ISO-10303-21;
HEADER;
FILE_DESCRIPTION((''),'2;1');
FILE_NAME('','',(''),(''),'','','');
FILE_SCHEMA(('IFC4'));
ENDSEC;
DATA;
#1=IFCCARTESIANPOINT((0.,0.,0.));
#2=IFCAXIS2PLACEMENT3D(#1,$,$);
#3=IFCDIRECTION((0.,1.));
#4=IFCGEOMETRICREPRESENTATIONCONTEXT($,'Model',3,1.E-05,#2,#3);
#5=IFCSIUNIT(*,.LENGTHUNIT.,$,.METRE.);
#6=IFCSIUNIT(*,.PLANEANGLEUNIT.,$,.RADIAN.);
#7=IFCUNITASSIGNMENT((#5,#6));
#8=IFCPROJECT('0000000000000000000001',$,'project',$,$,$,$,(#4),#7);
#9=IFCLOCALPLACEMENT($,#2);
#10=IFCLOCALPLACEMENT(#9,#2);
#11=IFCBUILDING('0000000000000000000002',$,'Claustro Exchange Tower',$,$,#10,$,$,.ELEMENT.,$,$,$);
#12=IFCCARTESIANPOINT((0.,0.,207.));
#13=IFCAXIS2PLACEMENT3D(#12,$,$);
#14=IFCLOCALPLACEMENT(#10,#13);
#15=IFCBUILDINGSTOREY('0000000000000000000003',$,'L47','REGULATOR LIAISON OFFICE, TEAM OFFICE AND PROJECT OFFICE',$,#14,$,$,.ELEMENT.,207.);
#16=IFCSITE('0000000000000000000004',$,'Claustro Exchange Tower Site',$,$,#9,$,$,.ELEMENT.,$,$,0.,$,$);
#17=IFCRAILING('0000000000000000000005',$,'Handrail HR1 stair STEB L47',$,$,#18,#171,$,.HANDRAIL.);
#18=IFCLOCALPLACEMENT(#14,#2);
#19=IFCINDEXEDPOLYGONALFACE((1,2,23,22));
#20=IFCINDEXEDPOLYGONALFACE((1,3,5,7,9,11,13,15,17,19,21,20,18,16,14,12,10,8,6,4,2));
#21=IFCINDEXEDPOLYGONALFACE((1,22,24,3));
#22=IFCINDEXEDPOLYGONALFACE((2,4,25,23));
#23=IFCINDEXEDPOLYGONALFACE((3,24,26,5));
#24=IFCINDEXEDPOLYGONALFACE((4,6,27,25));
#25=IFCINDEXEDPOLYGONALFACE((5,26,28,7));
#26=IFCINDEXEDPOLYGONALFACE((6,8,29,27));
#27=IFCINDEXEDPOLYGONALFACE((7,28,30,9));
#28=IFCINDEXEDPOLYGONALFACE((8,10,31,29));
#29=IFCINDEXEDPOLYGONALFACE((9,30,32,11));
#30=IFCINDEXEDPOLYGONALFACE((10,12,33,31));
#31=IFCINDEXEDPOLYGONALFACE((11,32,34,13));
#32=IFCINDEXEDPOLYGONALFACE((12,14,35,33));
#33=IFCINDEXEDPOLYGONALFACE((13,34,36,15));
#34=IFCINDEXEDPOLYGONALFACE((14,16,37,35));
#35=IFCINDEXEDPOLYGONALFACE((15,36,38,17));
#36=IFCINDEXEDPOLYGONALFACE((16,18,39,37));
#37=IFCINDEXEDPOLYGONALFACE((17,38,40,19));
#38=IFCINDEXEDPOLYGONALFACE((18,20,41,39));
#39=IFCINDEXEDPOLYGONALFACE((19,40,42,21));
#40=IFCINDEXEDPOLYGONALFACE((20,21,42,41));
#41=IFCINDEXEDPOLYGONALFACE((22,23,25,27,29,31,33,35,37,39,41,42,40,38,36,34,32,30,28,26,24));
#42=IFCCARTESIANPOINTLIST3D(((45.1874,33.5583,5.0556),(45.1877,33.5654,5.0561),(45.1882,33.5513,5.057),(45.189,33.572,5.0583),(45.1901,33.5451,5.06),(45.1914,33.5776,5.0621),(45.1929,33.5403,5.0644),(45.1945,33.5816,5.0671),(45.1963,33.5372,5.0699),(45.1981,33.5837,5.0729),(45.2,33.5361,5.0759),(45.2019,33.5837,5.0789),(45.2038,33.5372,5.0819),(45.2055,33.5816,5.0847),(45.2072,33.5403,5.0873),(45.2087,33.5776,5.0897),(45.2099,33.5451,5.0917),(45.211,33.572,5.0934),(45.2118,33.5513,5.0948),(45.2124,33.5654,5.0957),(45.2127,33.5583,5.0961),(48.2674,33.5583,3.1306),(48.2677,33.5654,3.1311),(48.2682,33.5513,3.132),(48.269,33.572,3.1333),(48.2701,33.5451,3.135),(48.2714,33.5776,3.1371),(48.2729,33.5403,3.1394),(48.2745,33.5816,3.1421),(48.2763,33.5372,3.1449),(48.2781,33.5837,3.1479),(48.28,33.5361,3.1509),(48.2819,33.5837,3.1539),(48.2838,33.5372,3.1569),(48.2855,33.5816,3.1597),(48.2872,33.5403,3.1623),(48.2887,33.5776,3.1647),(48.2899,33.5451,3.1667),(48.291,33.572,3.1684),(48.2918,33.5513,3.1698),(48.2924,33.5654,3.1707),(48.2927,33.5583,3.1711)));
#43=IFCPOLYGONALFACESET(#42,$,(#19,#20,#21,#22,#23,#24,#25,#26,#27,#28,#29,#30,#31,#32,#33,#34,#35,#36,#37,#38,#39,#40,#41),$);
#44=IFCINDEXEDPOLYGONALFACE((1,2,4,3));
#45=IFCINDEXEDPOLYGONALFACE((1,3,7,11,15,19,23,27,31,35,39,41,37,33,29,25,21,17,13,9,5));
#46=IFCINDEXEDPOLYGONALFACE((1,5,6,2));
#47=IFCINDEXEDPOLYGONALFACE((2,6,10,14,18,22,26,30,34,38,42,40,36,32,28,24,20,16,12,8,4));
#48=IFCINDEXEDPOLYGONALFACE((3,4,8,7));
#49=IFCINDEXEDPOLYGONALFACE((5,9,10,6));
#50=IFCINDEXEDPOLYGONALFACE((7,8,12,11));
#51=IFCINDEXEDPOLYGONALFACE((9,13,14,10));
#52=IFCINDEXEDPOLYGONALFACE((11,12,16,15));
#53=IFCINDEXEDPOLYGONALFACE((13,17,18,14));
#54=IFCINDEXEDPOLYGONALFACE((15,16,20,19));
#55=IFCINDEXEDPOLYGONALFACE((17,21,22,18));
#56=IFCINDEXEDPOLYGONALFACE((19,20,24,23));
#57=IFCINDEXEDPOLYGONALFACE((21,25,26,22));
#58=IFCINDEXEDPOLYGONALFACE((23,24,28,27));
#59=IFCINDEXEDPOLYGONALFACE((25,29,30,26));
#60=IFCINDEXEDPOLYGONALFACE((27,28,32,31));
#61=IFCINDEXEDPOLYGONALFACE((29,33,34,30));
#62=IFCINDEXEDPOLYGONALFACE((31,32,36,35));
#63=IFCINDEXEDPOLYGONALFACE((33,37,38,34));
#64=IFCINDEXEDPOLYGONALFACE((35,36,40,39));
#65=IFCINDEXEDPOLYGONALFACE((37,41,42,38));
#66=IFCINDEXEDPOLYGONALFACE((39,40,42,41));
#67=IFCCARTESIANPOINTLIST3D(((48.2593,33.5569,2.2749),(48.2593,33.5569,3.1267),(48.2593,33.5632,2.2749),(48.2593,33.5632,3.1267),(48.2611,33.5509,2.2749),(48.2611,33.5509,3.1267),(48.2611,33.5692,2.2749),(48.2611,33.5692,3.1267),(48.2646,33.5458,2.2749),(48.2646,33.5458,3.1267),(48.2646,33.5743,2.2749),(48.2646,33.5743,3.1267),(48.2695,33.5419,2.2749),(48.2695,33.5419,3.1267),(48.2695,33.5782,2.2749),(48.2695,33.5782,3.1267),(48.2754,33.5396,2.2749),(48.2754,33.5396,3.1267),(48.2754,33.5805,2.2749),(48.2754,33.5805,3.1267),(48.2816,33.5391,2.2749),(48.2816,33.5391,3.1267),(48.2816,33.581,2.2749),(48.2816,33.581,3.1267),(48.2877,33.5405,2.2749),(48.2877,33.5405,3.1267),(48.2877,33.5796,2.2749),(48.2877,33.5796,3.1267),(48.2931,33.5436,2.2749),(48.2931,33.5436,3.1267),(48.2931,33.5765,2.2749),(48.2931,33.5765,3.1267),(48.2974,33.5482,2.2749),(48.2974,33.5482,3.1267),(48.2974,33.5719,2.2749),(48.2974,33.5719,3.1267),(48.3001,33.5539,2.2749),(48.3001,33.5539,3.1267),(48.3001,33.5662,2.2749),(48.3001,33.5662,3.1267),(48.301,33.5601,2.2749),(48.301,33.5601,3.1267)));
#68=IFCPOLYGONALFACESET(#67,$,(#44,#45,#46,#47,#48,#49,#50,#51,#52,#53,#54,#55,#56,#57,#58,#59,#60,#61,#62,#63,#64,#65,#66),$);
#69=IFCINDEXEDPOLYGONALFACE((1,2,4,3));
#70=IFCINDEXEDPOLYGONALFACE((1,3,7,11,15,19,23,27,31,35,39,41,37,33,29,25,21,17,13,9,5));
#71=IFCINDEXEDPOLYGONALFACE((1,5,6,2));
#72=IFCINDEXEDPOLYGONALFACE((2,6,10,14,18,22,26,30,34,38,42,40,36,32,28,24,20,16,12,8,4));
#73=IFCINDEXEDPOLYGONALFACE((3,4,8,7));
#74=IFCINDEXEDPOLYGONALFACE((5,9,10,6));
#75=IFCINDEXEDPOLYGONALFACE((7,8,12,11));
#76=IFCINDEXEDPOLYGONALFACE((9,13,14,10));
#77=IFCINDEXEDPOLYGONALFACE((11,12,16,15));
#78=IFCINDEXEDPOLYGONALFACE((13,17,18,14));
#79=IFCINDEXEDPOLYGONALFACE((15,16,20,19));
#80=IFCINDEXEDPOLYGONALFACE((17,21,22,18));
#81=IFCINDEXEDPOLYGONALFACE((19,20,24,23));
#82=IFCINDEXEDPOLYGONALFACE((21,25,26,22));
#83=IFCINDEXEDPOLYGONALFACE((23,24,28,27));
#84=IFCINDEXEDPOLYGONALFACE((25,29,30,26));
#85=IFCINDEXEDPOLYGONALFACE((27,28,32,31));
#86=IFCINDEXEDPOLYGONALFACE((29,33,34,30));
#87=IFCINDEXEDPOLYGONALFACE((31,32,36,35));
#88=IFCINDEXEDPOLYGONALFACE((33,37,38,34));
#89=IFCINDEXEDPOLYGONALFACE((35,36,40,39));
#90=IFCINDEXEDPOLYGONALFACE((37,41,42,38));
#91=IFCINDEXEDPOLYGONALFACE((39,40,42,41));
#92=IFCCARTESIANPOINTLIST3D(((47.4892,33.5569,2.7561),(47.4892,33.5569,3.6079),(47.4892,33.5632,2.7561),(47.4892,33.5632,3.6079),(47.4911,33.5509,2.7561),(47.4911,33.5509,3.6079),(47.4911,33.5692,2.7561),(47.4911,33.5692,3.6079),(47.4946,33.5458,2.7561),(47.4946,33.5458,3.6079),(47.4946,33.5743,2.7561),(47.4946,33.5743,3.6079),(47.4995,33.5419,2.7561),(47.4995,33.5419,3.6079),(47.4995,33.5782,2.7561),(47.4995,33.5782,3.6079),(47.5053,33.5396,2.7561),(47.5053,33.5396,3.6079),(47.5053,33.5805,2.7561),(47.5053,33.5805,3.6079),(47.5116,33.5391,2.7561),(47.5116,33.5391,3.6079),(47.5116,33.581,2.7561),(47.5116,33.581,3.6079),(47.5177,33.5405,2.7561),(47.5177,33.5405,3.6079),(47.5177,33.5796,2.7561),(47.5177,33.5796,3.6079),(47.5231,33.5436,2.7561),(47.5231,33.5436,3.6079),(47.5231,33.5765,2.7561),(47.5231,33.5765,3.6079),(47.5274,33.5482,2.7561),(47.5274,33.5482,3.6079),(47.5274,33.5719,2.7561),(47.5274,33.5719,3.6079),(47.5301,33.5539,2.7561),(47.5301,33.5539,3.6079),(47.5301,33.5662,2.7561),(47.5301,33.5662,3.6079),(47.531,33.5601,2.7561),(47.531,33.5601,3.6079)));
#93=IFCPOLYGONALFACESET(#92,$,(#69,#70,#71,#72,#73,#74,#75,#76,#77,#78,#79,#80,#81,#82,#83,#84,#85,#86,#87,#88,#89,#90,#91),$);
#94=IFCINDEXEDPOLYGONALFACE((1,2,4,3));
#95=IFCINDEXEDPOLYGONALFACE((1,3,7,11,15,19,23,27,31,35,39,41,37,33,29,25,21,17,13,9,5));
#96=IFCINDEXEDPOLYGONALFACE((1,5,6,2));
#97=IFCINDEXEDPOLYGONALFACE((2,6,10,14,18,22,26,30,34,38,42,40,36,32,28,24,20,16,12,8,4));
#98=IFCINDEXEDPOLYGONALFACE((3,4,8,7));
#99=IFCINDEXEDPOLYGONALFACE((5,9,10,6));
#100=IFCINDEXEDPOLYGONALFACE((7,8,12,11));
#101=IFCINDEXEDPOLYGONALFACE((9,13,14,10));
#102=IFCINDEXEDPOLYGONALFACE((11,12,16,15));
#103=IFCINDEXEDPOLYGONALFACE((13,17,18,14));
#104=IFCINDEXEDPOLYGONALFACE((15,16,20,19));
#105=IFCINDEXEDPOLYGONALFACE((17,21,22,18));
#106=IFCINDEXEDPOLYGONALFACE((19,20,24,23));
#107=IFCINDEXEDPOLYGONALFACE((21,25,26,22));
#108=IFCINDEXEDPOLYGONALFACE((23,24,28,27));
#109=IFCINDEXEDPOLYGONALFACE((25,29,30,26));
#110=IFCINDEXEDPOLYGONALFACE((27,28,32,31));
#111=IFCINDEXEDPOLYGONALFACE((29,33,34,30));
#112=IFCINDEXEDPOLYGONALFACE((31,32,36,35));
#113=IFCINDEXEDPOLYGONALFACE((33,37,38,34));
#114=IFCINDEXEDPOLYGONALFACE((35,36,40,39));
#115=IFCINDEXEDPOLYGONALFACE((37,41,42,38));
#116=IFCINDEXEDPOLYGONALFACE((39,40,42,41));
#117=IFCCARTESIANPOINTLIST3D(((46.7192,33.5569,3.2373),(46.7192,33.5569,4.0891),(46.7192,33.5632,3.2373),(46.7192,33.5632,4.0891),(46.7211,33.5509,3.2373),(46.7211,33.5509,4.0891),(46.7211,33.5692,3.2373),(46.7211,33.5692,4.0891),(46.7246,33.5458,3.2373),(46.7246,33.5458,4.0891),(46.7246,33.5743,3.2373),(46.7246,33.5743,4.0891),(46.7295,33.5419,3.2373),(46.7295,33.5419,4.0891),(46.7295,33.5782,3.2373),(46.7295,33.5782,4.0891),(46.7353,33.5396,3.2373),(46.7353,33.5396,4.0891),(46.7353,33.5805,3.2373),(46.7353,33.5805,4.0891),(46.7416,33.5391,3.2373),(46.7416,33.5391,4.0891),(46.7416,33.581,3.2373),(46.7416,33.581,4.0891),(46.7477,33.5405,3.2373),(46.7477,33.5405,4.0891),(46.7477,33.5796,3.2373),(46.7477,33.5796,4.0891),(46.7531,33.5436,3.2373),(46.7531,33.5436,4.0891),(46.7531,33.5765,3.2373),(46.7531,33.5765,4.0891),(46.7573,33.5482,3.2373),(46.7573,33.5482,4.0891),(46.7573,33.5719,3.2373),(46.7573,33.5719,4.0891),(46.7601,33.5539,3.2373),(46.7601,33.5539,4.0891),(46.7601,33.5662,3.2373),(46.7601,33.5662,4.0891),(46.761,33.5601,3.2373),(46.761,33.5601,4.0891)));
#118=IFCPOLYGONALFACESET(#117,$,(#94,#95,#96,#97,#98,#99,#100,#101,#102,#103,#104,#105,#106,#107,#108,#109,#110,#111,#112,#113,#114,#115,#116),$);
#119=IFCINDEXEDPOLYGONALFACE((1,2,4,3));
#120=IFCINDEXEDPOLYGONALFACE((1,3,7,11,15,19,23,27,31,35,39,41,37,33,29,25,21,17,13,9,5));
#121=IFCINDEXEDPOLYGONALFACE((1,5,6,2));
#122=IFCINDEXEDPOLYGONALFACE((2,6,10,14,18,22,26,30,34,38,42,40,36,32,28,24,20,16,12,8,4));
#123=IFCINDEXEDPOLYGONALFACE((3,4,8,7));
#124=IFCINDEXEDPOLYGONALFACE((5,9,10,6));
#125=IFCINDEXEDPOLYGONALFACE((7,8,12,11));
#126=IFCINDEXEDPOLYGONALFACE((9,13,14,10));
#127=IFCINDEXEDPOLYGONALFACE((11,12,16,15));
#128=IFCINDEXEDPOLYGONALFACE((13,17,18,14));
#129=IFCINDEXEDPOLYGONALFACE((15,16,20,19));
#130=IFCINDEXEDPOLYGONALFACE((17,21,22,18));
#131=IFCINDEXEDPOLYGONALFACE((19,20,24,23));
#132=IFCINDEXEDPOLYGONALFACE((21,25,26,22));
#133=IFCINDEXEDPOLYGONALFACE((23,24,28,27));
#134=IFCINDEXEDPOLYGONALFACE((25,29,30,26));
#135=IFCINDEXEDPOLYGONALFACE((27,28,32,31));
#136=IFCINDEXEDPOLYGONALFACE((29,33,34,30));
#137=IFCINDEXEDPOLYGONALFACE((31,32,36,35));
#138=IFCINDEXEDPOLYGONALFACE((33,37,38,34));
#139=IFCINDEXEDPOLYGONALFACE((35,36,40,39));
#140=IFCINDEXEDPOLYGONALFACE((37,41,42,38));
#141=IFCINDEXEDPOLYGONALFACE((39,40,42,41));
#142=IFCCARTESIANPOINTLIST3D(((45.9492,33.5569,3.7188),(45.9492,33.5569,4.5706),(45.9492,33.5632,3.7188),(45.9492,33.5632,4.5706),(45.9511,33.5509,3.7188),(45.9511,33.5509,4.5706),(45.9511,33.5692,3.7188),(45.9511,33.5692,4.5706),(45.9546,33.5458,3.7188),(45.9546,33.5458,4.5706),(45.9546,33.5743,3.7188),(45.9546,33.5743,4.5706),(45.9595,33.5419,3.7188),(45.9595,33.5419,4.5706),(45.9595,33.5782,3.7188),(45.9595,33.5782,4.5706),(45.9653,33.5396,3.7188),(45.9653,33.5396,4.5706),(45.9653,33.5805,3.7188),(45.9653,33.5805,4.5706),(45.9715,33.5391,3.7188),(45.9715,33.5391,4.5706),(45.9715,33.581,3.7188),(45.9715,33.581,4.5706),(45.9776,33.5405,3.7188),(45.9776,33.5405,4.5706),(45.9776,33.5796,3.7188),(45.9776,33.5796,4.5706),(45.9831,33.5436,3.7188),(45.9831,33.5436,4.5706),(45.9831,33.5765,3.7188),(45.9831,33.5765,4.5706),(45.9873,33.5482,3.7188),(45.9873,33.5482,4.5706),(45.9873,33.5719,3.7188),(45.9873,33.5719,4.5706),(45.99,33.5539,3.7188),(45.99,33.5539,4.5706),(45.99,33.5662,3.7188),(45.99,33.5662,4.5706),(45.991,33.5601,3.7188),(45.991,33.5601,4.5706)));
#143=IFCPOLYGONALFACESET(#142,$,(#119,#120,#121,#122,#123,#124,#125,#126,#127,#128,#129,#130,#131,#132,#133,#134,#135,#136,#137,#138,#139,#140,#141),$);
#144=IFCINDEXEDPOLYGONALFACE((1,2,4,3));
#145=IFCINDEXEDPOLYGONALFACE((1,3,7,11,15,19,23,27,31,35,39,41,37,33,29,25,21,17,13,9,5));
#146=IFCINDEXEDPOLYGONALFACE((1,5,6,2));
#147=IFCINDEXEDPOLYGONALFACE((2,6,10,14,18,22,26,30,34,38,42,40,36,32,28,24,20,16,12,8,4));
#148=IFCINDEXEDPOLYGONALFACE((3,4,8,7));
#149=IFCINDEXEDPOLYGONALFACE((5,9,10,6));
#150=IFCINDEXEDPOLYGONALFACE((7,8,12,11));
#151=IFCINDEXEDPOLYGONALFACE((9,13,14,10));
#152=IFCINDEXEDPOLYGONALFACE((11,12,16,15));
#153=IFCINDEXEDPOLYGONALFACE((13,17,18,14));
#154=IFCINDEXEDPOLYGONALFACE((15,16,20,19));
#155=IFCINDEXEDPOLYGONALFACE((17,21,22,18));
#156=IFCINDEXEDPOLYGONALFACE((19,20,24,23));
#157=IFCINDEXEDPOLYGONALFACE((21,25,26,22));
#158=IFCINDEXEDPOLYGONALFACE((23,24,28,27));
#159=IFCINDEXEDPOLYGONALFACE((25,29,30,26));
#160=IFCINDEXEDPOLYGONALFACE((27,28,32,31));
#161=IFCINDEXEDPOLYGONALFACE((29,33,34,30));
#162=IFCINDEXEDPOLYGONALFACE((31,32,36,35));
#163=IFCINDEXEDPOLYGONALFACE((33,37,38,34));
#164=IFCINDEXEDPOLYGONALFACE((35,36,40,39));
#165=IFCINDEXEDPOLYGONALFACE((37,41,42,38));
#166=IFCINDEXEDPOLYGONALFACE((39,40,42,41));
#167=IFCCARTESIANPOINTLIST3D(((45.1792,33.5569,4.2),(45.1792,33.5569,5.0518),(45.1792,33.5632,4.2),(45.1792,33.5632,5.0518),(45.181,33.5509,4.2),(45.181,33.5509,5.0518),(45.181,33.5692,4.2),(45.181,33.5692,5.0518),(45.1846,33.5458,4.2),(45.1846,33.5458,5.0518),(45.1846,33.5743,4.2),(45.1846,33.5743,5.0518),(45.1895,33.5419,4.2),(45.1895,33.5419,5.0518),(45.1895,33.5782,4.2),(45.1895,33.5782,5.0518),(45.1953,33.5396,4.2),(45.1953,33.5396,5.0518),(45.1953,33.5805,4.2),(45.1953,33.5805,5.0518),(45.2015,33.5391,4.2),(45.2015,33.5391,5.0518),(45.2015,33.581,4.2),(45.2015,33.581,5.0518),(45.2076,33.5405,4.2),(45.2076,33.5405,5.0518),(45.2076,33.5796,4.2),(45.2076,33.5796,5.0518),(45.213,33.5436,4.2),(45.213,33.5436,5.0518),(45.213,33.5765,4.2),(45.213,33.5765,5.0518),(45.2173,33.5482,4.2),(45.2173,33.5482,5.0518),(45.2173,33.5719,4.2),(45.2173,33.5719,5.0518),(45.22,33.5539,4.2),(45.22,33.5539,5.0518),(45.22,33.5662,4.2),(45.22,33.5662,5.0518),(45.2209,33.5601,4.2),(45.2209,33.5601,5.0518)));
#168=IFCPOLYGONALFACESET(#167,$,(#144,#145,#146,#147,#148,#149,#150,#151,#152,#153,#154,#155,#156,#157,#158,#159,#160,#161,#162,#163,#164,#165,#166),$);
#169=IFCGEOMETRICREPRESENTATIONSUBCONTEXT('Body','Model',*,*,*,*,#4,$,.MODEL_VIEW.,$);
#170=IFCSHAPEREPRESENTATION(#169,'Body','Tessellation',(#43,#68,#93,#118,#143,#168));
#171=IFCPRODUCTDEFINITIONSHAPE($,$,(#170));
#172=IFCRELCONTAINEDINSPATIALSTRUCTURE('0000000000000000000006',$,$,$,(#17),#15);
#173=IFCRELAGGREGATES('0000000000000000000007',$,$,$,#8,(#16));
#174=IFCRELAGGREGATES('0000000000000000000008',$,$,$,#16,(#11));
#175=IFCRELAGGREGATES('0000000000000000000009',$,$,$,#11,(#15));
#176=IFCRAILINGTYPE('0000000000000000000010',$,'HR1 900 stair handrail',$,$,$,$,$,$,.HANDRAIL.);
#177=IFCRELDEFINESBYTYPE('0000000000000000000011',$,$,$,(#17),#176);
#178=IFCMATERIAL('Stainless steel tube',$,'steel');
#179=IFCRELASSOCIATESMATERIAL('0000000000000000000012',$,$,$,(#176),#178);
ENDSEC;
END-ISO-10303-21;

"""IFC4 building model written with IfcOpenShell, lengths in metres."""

from ifc_helpers import new_model, si_unit, direction, frame, origin, origin_2d, place, context, subcontext, project, spatial, circle, extrude, material, type_object, element, save


model = new_model("IFC4")

# Units and contexts
model_context = context("Model", 3, precision=1e-05, world=origin(), true_north=direction((0.0, 1.0)))
body_context = subcontext(model_context, "Body", "Model", "MODEL_VIEW")
ifc_project = project(units=[si_unit("LENGTHUNIT", "METRE"), si_unit("PLANEANGLEUNIT", "RADIAN")], contexts=[model_context])

# Site, building, storey
site_placement = place(None, origin())
site = spatial("IfcSite", under=ifc_project, at=site_placement, Name="Claustro Exchange Tower Site", CompositionType="ELEMENT", RefElevation=0.0)
building_placement = place(site_placement, origin())
building = spatial("IfcBuilding", under=site, at=building_placement, Name="Claustro Exchange Tower", CompositionType="ELEMENT")
storey_placement = place(building_placement, frame((0.0, 0.0, 207.0)))
storey = spatial("IfcBuildingStorey", under=building, at=storey_placement, Name="L47", Description="REGULATOR LIAISON OFFICE, TEAM OFFICE AND PROJECT OFFICE", CompositionType="ELEMENT", Elevation=207.0)

# Railing
ifc_material_1 = material(Name="Stainless steel tube", Category="steel")
railing_type_1 = type_object("IfcRailingType", Name="HR1 900 stair handrail", PredefinedType="HANDRAIL", material=ifc_material_1)
railing_1_placement = place(storey_placement, frame((48.28, 33.5601, 2.2749)))
element("IfcRailing", 1, at=railing_1_placement, inside=storey, type_object=railing_type_1, Name="Handrail HR1 stair STEB L47", PredefinedType="HANDRAIL", context=body_context, shape_type="SweptSolid", body=[
    extrude(circle(Radius=0.0239, at=origin_2d()), frame((0.0, 0.0, 0.876), z_axis=(-0.847998, 0.0, 0.529999), x_axis=(0.0, -1.0, 0.0)), (0.0, 0.0, 1.0), 3.6321),
    extrude(circle(Radius=0.021, at=origin_2d()), origin(), (0.0, 0.0, 1.0), 0.8518),
    extrude(circle(Radius=0.021, at=origin_2d()), frame((-0.77, 0.0, 0.4812)), (0.0, 0.0, 1.0), 0.8518),
    extrude(circle(Radius=0.021, at=origin_2d()), frame((-1.54, 0.0, 0.9624)), (0.0, 0.0, 1.0), 0.8518),
    extrude(circle(Radius=0.021, at=origin_2d()), frame((-2.3101, 0.0, 1.4438)), (0.0, 0.0, 1.0), 0.8518),
    extrude(circle(Radius=0.021, at=origin_2d()), frame((-3.0801, 0.0, 1.925)), (0.0, 0.0, 1.0), 0.8518),
])

save(model, "model.ifc")
